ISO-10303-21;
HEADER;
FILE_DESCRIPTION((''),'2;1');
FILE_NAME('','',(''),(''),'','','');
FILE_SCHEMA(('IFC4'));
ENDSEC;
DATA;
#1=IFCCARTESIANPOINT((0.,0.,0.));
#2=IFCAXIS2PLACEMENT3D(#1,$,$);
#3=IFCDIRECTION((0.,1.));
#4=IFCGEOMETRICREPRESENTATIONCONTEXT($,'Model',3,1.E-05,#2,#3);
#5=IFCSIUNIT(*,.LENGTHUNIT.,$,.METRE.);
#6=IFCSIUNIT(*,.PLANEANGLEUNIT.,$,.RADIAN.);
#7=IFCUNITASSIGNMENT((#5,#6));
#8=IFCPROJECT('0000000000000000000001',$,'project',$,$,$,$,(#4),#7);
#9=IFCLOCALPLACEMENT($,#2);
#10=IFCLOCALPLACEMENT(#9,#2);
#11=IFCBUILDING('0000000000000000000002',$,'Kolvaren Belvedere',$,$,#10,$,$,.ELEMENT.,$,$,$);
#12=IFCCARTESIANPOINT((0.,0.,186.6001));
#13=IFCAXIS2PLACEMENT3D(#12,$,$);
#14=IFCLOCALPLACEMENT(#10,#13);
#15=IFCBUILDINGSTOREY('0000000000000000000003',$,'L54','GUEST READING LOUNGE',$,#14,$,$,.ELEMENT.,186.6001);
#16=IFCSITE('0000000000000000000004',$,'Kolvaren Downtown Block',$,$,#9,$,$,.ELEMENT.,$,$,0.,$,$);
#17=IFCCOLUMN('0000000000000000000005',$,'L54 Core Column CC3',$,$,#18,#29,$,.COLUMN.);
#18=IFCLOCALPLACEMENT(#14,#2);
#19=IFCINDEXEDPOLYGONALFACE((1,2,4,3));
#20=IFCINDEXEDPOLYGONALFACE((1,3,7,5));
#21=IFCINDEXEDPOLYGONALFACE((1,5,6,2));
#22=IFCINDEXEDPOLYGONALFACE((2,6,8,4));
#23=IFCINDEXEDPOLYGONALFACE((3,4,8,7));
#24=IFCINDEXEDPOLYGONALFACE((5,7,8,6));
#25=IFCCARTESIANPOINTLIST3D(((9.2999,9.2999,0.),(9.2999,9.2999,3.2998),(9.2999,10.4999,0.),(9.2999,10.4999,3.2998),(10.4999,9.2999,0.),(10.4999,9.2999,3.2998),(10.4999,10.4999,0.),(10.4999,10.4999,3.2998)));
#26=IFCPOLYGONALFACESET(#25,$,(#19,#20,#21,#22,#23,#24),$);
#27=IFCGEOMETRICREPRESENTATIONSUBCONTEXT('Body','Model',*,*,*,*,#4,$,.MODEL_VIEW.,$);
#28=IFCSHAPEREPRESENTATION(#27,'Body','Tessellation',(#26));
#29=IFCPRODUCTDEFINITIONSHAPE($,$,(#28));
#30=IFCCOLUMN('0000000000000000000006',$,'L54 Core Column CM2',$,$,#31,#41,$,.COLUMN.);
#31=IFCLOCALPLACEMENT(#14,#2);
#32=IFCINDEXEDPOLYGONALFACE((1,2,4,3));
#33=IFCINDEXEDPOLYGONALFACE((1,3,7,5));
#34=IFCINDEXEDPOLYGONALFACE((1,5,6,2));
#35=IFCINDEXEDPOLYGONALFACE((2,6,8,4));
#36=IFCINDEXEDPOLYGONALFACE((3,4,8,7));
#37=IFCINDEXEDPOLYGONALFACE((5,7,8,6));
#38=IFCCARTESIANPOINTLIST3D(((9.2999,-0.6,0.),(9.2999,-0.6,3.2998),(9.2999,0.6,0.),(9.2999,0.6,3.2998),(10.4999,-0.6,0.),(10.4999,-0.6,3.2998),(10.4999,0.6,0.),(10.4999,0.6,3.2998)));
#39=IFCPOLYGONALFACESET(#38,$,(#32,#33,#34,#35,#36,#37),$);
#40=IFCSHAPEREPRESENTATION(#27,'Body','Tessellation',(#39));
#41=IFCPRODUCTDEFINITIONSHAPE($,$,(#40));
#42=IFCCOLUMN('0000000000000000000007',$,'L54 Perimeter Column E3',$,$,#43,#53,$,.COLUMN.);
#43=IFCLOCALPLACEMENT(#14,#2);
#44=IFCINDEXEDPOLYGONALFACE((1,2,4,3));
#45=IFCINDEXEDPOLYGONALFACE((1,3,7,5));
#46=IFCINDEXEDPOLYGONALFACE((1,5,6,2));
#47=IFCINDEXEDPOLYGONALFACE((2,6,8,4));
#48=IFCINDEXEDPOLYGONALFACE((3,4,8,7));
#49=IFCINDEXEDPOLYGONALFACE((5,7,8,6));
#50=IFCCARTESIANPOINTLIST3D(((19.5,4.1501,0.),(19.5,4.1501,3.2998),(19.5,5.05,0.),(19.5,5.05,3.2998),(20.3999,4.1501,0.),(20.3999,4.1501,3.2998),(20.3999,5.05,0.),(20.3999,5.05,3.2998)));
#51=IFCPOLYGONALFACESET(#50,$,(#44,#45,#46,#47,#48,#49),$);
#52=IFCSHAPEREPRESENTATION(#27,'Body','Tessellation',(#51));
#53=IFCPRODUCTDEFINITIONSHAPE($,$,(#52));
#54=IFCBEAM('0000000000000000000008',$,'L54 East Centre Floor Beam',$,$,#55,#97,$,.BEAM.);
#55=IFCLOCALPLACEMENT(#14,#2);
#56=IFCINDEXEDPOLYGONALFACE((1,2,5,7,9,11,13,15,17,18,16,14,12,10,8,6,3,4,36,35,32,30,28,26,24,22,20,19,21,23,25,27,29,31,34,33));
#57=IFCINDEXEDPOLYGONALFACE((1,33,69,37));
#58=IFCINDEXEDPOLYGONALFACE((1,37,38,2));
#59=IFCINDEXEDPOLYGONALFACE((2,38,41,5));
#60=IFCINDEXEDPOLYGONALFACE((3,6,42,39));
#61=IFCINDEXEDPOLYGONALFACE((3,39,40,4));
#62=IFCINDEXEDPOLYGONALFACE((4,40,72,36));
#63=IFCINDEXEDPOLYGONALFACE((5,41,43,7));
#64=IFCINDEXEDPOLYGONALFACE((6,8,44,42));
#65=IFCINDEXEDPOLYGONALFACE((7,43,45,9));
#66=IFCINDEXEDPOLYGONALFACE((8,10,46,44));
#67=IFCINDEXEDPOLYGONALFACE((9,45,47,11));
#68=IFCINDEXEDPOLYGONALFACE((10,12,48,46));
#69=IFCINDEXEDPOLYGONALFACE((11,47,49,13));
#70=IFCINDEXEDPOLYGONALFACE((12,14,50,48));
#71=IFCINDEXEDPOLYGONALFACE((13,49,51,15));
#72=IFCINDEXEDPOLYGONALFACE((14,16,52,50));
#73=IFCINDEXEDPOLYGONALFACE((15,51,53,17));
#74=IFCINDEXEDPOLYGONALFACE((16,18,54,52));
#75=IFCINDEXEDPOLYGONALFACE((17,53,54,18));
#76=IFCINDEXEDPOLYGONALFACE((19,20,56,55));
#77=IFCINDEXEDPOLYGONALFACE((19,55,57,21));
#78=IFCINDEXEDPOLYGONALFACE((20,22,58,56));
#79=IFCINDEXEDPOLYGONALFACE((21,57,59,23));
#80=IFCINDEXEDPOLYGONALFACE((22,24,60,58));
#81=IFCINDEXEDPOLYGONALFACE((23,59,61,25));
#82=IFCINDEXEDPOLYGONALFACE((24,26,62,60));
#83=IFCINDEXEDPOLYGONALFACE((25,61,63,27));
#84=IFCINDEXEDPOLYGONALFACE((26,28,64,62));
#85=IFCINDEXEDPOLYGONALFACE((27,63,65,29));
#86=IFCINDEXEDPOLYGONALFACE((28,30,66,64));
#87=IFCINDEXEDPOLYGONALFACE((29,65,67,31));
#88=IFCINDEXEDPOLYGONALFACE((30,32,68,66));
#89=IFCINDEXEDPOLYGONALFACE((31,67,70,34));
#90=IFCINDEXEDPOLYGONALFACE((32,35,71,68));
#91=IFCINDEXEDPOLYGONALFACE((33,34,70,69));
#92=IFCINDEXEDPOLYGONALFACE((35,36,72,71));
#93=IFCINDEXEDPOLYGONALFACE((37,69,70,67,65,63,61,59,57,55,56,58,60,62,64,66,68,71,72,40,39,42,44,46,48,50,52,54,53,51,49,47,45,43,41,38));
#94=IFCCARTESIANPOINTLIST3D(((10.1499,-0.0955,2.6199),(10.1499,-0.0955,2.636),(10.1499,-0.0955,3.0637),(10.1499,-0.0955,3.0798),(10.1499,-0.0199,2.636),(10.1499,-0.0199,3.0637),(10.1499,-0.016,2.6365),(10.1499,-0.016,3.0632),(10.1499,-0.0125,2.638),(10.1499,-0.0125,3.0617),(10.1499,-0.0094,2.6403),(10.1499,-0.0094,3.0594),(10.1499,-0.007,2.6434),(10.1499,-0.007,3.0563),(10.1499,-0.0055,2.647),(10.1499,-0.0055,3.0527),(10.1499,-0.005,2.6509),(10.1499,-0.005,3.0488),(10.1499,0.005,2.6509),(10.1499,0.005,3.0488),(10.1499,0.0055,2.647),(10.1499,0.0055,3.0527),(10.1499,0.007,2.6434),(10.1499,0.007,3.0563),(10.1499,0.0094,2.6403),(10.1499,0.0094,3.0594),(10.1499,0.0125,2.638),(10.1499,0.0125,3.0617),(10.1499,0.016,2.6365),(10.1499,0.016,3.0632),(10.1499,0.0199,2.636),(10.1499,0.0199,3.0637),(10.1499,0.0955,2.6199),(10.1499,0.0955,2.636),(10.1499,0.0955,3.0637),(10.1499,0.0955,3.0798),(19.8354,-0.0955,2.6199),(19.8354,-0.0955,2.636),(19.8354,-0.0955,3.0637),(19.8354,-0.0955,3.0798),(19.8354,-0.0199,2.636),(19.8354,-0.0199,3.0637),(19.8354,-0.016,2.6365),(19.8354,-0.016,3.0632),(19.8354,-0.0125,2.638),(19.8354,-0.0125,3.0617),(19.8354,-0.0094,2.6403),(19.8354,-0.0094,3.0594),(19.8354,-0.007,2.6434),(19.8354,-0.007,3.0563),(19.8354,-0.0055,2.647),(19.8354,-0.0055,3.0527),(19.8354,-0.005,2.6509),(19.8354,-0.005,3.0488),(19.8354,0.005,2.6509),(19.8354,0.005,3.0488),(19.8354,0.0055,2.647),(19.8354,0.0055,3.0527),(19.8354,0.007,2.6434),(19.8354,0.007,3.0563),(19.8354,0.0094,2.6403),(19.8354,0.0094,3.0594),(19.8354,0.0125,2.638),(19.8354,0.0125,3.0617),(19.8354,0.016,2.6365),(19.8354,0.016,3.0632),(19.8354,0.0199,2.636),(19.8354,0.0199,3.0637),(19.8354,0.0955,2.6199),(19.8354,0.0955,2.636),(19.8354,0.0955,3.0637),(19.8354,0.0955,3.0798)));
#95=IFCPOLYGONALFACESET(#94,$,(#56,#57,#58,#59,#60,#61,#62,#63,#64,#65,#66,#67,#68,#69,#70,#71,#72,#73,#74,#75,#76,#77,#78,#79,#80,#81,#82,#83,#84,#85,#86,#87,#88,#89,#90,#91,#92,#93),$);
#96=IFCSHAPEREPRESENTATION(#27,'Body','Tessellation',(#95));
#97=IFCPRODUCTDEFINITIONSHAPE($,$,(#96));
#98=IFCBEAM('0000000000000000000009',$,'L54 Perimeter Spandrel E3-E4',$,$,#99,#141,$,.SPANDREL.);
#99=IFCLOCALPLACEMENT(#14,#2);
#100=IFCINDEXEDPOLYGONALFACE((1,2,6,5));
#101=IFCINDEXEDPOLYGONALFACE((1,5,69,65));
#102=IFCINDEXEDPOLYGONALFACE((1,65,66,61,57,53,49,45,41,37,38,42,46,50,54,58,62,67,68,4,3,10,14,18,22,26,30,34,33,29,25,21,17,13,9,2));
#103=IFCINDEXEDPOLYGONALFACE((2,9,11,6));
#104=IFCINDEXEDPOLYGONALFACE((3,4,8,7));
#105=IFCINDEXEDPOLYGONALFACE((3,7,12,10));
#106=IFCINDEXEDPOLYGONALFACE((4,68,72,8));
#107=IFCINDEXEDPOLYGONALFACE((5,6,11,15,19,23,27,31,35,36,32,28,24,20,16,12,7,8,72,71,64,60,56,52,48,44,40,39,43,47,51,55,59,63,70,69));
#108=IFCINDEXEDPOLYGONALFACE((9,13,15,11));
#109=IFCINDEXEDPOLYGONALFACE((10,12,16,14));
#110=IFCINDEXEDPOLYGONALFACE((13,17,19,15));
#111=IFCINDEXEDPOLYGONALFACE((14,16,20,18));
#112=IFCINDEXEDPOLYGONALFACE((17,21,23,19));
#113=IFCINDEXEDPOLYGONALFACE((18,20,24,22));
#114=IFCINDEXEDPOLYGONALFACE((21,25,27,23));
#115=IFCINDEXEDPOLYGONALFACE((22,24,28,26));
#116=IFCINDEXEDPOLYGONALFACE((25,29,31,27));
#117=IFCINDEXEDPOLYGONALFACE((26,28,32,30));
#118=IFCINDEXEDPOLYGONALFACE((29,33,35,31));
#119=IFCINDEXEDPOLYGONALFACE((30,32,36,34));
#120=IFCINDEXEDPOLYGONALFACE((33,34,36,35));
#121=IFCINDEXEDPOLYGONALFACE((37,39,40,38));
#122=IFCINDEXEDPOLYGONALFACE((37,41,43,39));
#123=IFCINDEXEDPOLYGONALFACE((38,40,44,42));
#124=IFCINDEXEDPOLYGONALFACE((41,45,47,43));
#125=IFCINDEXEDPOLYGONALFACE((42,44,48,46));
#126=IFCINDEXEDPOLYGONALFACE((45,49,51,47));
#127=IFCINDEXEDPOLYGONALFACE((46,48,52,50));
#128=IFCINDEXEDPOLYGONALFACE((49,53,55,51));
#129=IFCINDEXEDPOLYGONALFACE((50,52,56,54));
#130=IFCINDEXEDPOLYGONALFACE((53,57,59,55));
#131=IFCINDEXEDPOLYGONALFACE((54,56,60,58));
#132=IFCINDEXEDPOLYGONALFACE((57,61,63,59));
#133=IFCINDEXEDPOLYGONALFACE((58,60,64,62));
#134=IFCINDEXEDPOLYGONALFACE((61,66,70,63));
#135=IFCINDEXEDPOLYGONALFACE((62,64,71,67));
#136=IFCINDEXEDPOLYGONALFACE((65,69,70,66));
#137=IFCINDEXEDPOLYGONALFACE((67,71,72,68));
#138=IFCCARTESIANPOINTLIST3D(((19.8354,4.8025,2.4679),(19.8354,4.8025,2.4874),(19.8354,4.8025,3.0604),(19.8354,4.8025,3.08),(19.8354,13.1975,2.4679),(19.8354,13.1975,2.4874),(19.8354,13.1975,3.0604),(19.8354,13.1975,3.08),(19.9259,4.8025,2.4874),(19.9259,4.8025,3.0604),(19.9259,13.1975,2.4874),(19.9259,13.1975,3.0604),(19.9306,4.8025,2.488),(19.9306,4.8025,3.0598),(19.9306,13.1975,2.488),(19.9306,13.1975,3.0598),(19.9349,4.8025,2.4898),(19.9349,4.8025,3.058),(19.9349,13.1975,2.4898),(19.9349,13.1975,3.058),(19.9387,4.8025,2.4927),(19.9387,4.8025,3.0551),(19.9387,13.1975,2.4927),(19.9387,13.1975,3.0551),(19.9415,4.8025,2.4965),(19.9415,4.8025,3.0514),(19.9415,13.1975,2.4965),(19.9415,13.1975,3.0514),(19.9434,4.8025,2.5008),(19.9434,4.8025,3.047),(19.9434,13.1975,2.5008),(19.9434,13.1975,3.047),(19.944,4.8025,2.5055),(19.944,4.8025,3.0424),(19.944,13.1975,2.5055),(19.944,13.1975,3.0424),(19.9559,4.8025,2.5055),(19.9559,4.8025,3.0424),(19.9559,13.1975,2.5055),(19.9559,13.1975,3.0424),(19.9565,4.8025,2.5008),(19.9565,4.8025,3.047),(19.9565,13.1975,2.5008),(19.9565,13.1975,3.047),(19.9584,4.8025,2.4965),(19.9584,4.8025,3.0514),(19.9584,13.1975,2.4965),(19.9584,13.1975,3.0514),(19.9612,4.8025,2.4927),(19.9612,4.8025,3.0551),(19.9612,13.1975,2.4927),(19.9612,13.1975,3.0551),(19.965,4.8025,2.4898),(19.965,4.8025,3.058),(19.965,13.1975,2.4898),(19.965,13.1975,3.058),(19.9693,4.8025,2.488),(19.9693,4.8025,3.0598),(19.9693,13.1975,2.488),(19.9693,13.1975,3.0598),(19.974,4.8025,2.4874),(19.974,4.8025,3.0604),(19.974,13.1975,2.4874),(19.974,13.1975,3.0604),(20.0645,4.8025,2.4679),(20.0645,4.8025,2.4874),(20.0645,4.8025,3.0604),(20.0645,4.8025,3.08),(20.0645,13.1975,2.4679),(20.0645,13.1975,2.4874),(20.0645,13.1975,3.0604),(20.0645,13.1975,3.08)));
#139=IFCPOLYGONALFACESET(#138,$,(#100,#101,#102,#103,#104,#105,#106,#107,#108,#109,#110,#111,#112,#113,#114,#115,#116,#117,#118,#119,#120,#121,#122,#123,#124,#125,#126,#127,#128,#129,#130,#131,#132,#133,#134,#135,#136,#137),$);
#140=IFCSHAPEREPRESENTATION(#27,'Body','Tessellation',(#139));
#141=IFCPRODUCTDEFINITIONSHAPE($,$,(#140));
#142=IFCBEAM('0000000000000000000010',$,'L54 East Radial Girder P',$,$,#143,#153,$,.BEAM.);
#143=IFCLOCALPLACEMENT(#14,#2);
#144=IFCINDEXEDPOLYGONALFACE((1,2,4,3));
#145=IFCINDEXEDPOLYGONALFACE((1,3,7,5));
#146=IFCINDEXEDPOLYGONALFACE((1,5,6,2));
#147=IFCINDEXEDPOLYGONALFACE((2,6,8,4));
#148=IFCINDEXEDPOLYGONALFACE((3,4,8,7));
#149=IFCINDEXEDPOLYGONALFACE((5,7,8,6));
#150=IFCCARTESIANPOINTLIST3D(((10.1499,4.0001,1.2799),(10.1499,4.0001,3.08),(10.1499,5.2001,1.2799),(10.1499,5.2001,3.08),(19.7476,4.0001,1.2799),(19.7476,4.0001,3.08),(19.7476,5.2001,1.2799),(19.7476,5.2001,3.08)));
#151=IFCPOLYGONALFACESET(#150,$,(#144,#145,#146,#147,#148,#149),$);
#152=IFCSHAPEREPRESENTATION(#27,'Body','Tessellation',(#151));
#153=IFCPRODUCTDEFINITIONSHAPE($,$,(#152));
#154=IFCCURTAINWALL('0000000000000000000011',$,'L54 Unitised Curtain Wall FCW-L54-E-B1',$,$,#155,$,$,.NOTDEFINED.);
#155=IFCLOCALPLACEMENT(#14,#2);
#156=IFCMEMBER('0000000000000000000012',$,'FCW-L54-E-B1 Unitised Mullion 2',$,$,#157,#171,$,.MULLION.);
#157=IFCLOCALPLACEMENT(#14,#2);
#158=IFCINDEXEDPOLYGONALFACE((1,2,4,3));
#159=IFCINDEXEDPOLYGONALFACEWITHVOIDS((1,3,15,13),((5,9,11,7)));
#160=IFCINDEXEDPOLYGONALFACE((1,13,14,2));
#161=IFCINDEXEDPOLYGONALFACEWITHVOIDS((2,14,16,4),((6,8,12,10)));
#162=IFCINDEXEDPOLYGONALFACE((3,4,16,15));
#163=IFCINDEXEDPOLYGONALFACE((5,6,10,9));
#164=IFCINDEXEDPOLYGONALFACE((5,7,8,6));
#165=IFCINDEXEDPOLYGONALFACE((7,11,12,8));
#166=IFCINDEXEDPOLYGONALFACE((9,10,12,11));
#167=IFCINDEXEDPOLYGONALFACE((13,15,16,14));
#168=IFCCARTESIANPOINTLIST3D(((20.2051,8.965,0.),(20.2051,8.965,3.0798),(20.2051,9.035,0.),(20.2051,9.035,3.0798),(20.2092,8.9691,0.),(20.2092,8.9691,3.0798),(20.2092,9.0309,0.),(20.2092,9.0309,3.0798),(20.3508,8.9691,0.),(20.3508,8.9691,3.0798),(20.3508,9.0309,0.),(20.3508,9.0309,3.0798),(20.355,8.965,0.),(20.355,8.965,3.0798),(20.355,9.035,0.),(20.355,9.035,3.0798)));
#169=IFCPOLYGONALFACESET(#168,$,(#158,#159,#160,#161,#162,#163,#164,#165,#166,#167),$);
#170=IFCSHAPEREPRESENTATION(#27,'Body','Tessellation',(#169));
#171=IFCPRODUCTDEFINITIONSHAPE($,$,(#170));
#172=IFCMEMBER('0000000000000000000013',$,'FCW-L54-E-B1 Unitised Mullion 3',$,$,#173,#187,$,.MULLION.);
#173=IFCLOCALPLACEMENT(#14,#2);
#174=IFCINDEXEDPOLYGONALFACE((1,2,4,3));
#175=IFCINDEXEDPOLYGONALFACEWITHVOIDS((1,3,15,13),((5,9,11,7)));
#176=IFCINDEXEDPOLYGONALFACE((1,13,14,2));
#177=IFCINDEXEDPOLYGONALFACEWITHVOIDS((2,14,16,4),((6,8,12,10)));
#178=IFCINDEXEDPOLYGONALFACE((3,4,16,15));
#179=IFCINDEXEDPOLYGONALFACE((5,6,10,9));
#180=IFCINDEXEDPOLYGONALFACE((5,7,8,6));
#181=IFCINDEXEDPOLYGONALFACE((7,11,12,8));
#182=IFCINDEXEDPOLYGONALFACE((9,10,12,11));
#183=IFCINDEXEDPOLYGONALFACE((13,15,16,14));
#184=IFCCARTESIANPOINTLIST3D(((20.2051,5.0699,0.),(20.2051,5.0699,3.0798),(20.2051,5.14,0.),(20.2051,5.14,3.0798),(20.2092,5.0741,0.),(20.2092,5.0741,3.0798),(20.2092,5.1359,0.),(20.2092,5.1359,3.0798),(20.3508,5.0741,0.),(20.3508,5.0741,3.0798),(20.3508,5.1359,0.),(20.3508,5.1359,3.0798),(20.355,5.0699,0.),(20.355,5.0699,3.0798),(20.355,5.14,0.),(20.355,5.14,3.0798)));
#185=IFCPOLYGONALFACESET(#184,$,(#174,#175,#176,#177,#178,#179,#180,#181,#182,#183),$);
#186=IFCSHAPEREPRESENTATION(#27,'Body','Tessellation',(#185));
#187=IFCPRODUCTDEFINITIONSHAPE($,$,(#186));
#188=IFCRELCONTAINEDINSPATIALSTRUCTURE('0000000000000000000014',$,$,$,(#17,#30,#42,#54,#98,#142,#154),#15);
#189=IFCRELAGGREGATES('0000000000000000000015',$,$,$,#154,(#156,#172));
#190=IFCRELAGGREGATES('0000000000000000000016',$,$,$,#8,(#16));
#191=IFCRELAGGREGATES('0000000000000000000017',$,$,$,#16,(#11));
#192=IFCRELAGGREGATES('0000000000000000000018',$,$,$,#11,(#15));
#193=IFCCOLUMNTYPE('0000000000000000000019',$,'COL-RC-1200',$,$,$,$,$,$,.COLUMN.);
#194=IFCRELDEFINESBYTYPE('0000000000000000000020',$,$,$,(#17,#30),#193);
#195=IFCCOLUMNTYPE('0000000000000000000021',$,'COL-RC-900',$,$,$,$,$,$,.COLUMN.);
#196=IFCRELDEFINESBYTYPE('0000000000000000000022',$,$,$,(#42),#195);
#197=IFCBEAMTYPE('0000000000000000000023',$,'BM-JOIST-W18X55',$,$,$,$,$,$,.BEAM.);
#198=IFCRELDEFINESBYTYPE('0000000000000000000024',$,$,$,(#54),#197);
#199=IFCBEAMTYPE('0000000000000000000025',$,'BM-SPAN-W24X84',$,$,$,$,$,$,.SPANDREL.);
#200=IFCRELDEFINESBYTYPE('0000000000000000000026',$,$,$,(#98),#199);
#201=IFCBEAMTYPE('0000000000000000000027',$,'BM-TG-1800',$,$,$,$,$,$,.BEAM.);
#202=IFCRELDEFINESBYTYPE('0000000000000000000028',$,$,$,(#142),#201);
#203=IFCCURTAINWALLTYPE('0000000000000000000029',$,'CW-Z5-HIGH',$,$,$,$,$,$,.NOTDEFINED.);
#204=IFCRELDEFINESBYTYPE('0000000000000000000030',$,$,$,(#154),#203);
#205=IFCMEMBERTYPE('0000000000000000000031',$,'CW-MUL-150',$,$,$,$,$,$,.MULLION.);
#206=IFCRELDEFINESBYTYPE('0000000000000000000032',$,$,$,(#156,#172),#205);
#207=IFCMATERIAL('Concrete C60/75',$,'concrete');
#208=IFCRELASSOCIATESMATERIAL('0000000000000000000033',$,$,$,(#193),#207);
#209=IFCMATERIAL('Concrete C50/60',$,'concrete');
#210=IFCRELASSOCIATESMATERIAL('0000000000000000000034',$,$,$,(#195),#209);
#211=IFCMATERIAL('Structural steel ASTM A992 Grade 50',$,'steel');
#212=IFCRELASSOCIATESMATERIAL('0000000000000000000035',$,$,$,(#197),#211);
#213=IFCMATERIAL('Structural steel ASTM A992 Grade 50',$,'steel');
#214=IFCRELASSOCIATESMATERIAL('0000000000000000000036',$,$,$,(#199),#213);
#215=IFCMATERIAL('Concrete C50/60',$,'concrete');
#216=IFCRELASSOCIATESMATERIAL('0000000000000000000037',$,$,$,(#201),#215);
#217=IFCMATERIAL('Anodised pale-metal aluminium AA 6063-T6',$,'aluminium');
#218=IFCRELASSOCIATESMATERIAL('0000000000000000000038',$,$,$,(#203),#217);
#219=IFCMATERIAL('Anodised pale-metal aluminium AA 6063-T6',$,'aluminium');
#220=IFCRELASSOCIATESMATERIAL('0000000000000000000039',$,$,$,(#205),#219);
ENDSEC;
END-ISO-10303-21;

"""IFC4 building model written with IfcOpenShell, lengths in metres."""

from ifc_helpers import new_model, si_unit, direction, frame, origin, origin_2d, place, context, subcontext, project, spatial, rectangle, hollow_rectangle, i_section, extrude, material, material_profile, profile_set, type_object, element, aggregate, save


model = new_model("IFC4")

# Units and contexts
model_context = context("Model", 3, precision=1e-05, world=origin(), true_north=direction((0.0, 1.0)))
body_context = subcontext(model_context, "Body", "Model", "MODEL_VIEW")
ifc_project = project(units=[si_unit("LENGTHUNIT", "METRE"), si_unit("PLANEANGLEUNIT", "RADIAN")], contexts=[model_context])

# Site, building, storey
site_placement = place(None, origin())
site = spatial("IfcSite", under=ifc_project, at=site_placement, Name="Kolvaren Downtown Block", CompositionType="ELEMENT", RefElevation=0.0)
building_placement = place(site_placement, origin())
building = spatial("IfcBuilding", under=site, at=building_placement, Name="Kolvaren Belvedere", CompositionType="ELEMENT")
storey_placement = place(building_placement, frame((0.0, 0.0, 186.6001)))
storey = spatial("IfcBuildingStorey", under=building, at=storey_placement, Name="L54", Description="GUEST READING LOUNGE", CompositionType="ELEMENT", Elevation=186.6001)

# Columns
ifc_material_1 = material(Name="Concrete C60/75", Category="concrete")
ifc_material_profile_1 = material_profile(ifc_material_1, rectangle(XDim=1.2, YDim=1.2, at=origin_2d()), Name="RC 1200X1200")
ifc_profile_set_1 = profile_set([ifc_material_profile_1], Name="Concrete C60/75")
column_type_1 = type_object("IfcColumnType", Name="COL-RC-1200", PredefinedType="COLUMN", material=ifc_profile_set_1)
for number, where, z_axis, x_axis, name in (
    (1, (9.8999, 9.8999, 0.0), (0.0, 0.0, 1.0), (1.0, 0.0, 0.0), "L54 Core Column CC3"),
    (2, (9.8999, 0.0, 0.0), (0.0, 0.0, 1.0), (1.0, 0.0, 0.0), "L54 Core Column CM2"),
):
    element("IfcColumn", number, at=place(storey_placement, frame(where, z_axis=z_axis, x_axis=x_axis)), inside=storey, type_object=column_type_1, Name=name, PredefinedType="COLUMN", context=body_context, shape_type="SweptSolid", body=[
        extrude(rectangle(XDim=1.2, YDim=1.2, at=origin_2d()), origin(), (0.0, 0.0, 1.0), 3.2998),
    ])
ifc_material_2 = material(Name="Concrete C50/60", Category="concrete")
ifc_material_profile_2 = material_profile(ifc_material_2, rectangle(XDim=0.8999, YDim=0.8999, at=origin_2d()), Name="RC 900X900")
ifc_profile_set_2 = profile_set([ifc_material_profile_2], Name="Concrete C50/60")
column_type_2 = type_object("IfcColumnType", Name="COL-RC-900", PredefinedType="COLUMN", material=ifc_profile_set_2)
column_placement = place(storey_placement, frame((19.95, 4.6001, 0.0), z_axis=(0.0, 0.0, 1.0), x_axis=(1.0, 0.0, 0.0)))
element("IfcColumn", 3, at=column_placement, inside=storey, type_object=column_type_2, Name="L54 Perimeter Column E3", PredefinedType="COLUMN", context=body_context, shape_type="SweptSolid", body=[
    extrude(rectangle(XDim=0.8999, YDim=0.8999, at=origin_2d()), origin(), (0.0, 0.0, 1.0), 3.2998),
])

# Beams
ifc_material_3 = material(Name="Structural steel ASTM A992 Grade 50", Category="steel")
ifc_material_profile_3 = material_profile(ifc_material_3, i_section(OverallWidth=0.1909, OverallDepth=0.46, WebThickness=0.01, FlangeThickness=0.0161, FilletRadius=0.0149, at=origin_2d()), Name="W18X55")
ifc_profile_set_3 = profile_set([ifc_material_profile_3], Name="Structural steel ASTM A992 Grade 50")
beam_type_1 = type_object("IfcBeamType", Name="BM-JOIST-W18X55", PredefinedType="BEAM", material=ifc_profile_set_3)
beam_1_placement = place(storey_placement, frame((10.1499, 0.0, 2.8499), z_axis=(1.0, 0.0, 0.0), x_axis=(0.0, 1.0, 0.0)))
element("IfcBeam", 4, at=beam_1_placement, inside=storey, type_object=beam_type_1, Name="L54 East Centre Floor Beam", PredefinedType="BEAM", context=body_context, shape_type="SweptSolid", body=[
    extrude(i_section(OverallWidth=0.1909, OverallDepth=0.46, WebThickness=0.01, FlangeThickness=0.0161, FilletRadius=0.0149, at=origin_2d()), origin(), (0.0, 0.0, 1.0), 9.6855),
])
ifc_material_4 = material(Name="Structural steel ASTM A992 Grade 50", Category="steel")
ifc_material_profile_4 = material_profile(ifc_material_4, i_section(OverallWidth=0.229, OverallDepth=0.6121, WebThickness=0.012, FlangeThickness=0.0195, FilletRadius=0.0181, at=origin_2d()), Name="W24X84")
ifc_profile_set_4 = profile_set([ifc_material_profile_4], Name="Structural steel ASTM A992 Grade 50")
beam_type_2 = type_object("IfcBeamType", Name="BM-SPAN-W24X84", PredefinedType="SPANDREL", material=ifc_profile_set_4)
beam_2_placement = place(storey_placement, frame((19.95, 4.8025, 2.7739), z_axis=(0.0, 1.0, 0.0), x_axis=(-1.0, 0.0, 0.0)))
element("IfcBeam", 5, at=beam_2_placement, inside=storey, type_object=beam_type_2, Name="L54 Perimeter Spandrel E3-E4", PredefinedType="SPANDREL", context=body_context, shape_type="SweptSolid", body=[
    extrude(i_section(OverallWidth=0.229, OverallDepth=0.6121, WebThickness=0.012, FlangeThickness=0.0195, FilletRadius=0.0181, at=origin_2d()), origin(), (0.0, 0.0, 1.0), 8.395),
])
ifc_material_5 = material(Name="Concrete C50/60", Category="concrete")
ifc_material_profile_5 = material_profile(ifc_material_5, rectangle(XDim=1.2, YDim=1.8, at=origin_2d()), Name="RC 1200X1800")
ifc_profile_set_5 = profile_set([ifc_material_profile_5], Name="Concrete C50/60")
beam_type_3 = type_object("IfcBeamType", Name="BM-TG-1800", PredefinedType="BEAM", material=ifc_profile_set_5)
beam_3_placement = place(storey_placement, frame((10.1499, 4.6001, 2.1799), z_axis=(1.0, 0.0, 0.0), x_axis=(0.0, 1.0, 0.0)))
element("IfcBeam", 6, at=beam_3_placement, inside=storey, type_object=beam_type_3, Name="L54 East Radial Girder P", PredefinedType="BEAM", context=body_context, shape_type="SweptSolid", body=[
    extrude(rectangle(XDim=1.2, YDim=1.8, at=origin_2d()), origin(), (0.0, 0.0, 1.0), 9.5977),
])

# Curtain wall, members
ifc_material_6 = material(Name="Anodised pale-metal aluminium AA 6063-T6", Category="aluminium")
curtain_wall_type = type_object("IfcCurtainWallType", Name="CW-Z5-HIGH", PredefinedType="NOTDEFINED", material=ifc_material_6)
curtain_wall_1_placement = place(storey_placement, origin())
curtain_wall_1 = element("IfcCurtainWall", 7, at=curtain_wall_1_placement, inside=storey, type_object=curtain_wall_type, Name="L54 Unitised Curtain Wall FCW-L54-E-B1", PredefinedType="NOTDEFINED")
ifc_material_7 = material(Name="Anodised pale-metal aluminium AA 6063-T6", Category="aluminium")
ifc_material_profile_6 = material_profile(ifc_material_7, hollow_rectangle(XDim=0.0701, YDim=0.1499, WallThickness=0.0042, at=origin_2d()), Name="ALU-MUL-150X70")
ifc_profile_set_6 = profile_set([ifc_material_profile_6], Name="Anodised pale-metal aluminium AA 6063-T6")
member_type_1 = type_object("IfcMemberType", Name="CW-MUL-150", PredefinedType="MULLION", material=ifc_profile_set_6)
member_1_placement = place(storey_placement, frame((20.28, 9.0, 0.0), z_axis=(0.0, 0.0, 1.0), x_axis=(0.0, 1.0, 0.0)))
member_1 = element("IfcMember", 8, at=member_1_placement, type_object=member_type_1, Name="FCW-L54-E-B1 Unitised Mullion 2", PredefinedType="MULLION", context=body_context, shape_type="SweptSolid", body=[
    extrude(hollow_rectangle(XDim=0.0701, YDim=0.1499, WallThickness=0.0042, at=origin_2d()), origin(), (0.0, 0.0, 1.0), 3.0798),
])
member_2_placement = place(storey_placement, frame((20.28, 5.105, 0.0), z_axis=(0.0, 0.0, 1.0), x_axis=(0.0, 1.0, 0.0)))
member_2 = element("IfcMember", 9, at=member_2_placement, type_object=member_type_1, Name="FCW-L54-E-B1 Unitised Mullion 3", PredefinedType="MULLION", context=body_context, shape_type="SweptSolid", body=[
    extrude(hollow_rectangle(XDim=0.0701, YDim=0.1499, WallThickness=0.0042, at=origin_2d()), origin(), (0.0, 0.0, 1.0), 3.0798),
])

aggregate(curtain_wall_1, [member_1, member_2])

save(model, "model.ifc")
